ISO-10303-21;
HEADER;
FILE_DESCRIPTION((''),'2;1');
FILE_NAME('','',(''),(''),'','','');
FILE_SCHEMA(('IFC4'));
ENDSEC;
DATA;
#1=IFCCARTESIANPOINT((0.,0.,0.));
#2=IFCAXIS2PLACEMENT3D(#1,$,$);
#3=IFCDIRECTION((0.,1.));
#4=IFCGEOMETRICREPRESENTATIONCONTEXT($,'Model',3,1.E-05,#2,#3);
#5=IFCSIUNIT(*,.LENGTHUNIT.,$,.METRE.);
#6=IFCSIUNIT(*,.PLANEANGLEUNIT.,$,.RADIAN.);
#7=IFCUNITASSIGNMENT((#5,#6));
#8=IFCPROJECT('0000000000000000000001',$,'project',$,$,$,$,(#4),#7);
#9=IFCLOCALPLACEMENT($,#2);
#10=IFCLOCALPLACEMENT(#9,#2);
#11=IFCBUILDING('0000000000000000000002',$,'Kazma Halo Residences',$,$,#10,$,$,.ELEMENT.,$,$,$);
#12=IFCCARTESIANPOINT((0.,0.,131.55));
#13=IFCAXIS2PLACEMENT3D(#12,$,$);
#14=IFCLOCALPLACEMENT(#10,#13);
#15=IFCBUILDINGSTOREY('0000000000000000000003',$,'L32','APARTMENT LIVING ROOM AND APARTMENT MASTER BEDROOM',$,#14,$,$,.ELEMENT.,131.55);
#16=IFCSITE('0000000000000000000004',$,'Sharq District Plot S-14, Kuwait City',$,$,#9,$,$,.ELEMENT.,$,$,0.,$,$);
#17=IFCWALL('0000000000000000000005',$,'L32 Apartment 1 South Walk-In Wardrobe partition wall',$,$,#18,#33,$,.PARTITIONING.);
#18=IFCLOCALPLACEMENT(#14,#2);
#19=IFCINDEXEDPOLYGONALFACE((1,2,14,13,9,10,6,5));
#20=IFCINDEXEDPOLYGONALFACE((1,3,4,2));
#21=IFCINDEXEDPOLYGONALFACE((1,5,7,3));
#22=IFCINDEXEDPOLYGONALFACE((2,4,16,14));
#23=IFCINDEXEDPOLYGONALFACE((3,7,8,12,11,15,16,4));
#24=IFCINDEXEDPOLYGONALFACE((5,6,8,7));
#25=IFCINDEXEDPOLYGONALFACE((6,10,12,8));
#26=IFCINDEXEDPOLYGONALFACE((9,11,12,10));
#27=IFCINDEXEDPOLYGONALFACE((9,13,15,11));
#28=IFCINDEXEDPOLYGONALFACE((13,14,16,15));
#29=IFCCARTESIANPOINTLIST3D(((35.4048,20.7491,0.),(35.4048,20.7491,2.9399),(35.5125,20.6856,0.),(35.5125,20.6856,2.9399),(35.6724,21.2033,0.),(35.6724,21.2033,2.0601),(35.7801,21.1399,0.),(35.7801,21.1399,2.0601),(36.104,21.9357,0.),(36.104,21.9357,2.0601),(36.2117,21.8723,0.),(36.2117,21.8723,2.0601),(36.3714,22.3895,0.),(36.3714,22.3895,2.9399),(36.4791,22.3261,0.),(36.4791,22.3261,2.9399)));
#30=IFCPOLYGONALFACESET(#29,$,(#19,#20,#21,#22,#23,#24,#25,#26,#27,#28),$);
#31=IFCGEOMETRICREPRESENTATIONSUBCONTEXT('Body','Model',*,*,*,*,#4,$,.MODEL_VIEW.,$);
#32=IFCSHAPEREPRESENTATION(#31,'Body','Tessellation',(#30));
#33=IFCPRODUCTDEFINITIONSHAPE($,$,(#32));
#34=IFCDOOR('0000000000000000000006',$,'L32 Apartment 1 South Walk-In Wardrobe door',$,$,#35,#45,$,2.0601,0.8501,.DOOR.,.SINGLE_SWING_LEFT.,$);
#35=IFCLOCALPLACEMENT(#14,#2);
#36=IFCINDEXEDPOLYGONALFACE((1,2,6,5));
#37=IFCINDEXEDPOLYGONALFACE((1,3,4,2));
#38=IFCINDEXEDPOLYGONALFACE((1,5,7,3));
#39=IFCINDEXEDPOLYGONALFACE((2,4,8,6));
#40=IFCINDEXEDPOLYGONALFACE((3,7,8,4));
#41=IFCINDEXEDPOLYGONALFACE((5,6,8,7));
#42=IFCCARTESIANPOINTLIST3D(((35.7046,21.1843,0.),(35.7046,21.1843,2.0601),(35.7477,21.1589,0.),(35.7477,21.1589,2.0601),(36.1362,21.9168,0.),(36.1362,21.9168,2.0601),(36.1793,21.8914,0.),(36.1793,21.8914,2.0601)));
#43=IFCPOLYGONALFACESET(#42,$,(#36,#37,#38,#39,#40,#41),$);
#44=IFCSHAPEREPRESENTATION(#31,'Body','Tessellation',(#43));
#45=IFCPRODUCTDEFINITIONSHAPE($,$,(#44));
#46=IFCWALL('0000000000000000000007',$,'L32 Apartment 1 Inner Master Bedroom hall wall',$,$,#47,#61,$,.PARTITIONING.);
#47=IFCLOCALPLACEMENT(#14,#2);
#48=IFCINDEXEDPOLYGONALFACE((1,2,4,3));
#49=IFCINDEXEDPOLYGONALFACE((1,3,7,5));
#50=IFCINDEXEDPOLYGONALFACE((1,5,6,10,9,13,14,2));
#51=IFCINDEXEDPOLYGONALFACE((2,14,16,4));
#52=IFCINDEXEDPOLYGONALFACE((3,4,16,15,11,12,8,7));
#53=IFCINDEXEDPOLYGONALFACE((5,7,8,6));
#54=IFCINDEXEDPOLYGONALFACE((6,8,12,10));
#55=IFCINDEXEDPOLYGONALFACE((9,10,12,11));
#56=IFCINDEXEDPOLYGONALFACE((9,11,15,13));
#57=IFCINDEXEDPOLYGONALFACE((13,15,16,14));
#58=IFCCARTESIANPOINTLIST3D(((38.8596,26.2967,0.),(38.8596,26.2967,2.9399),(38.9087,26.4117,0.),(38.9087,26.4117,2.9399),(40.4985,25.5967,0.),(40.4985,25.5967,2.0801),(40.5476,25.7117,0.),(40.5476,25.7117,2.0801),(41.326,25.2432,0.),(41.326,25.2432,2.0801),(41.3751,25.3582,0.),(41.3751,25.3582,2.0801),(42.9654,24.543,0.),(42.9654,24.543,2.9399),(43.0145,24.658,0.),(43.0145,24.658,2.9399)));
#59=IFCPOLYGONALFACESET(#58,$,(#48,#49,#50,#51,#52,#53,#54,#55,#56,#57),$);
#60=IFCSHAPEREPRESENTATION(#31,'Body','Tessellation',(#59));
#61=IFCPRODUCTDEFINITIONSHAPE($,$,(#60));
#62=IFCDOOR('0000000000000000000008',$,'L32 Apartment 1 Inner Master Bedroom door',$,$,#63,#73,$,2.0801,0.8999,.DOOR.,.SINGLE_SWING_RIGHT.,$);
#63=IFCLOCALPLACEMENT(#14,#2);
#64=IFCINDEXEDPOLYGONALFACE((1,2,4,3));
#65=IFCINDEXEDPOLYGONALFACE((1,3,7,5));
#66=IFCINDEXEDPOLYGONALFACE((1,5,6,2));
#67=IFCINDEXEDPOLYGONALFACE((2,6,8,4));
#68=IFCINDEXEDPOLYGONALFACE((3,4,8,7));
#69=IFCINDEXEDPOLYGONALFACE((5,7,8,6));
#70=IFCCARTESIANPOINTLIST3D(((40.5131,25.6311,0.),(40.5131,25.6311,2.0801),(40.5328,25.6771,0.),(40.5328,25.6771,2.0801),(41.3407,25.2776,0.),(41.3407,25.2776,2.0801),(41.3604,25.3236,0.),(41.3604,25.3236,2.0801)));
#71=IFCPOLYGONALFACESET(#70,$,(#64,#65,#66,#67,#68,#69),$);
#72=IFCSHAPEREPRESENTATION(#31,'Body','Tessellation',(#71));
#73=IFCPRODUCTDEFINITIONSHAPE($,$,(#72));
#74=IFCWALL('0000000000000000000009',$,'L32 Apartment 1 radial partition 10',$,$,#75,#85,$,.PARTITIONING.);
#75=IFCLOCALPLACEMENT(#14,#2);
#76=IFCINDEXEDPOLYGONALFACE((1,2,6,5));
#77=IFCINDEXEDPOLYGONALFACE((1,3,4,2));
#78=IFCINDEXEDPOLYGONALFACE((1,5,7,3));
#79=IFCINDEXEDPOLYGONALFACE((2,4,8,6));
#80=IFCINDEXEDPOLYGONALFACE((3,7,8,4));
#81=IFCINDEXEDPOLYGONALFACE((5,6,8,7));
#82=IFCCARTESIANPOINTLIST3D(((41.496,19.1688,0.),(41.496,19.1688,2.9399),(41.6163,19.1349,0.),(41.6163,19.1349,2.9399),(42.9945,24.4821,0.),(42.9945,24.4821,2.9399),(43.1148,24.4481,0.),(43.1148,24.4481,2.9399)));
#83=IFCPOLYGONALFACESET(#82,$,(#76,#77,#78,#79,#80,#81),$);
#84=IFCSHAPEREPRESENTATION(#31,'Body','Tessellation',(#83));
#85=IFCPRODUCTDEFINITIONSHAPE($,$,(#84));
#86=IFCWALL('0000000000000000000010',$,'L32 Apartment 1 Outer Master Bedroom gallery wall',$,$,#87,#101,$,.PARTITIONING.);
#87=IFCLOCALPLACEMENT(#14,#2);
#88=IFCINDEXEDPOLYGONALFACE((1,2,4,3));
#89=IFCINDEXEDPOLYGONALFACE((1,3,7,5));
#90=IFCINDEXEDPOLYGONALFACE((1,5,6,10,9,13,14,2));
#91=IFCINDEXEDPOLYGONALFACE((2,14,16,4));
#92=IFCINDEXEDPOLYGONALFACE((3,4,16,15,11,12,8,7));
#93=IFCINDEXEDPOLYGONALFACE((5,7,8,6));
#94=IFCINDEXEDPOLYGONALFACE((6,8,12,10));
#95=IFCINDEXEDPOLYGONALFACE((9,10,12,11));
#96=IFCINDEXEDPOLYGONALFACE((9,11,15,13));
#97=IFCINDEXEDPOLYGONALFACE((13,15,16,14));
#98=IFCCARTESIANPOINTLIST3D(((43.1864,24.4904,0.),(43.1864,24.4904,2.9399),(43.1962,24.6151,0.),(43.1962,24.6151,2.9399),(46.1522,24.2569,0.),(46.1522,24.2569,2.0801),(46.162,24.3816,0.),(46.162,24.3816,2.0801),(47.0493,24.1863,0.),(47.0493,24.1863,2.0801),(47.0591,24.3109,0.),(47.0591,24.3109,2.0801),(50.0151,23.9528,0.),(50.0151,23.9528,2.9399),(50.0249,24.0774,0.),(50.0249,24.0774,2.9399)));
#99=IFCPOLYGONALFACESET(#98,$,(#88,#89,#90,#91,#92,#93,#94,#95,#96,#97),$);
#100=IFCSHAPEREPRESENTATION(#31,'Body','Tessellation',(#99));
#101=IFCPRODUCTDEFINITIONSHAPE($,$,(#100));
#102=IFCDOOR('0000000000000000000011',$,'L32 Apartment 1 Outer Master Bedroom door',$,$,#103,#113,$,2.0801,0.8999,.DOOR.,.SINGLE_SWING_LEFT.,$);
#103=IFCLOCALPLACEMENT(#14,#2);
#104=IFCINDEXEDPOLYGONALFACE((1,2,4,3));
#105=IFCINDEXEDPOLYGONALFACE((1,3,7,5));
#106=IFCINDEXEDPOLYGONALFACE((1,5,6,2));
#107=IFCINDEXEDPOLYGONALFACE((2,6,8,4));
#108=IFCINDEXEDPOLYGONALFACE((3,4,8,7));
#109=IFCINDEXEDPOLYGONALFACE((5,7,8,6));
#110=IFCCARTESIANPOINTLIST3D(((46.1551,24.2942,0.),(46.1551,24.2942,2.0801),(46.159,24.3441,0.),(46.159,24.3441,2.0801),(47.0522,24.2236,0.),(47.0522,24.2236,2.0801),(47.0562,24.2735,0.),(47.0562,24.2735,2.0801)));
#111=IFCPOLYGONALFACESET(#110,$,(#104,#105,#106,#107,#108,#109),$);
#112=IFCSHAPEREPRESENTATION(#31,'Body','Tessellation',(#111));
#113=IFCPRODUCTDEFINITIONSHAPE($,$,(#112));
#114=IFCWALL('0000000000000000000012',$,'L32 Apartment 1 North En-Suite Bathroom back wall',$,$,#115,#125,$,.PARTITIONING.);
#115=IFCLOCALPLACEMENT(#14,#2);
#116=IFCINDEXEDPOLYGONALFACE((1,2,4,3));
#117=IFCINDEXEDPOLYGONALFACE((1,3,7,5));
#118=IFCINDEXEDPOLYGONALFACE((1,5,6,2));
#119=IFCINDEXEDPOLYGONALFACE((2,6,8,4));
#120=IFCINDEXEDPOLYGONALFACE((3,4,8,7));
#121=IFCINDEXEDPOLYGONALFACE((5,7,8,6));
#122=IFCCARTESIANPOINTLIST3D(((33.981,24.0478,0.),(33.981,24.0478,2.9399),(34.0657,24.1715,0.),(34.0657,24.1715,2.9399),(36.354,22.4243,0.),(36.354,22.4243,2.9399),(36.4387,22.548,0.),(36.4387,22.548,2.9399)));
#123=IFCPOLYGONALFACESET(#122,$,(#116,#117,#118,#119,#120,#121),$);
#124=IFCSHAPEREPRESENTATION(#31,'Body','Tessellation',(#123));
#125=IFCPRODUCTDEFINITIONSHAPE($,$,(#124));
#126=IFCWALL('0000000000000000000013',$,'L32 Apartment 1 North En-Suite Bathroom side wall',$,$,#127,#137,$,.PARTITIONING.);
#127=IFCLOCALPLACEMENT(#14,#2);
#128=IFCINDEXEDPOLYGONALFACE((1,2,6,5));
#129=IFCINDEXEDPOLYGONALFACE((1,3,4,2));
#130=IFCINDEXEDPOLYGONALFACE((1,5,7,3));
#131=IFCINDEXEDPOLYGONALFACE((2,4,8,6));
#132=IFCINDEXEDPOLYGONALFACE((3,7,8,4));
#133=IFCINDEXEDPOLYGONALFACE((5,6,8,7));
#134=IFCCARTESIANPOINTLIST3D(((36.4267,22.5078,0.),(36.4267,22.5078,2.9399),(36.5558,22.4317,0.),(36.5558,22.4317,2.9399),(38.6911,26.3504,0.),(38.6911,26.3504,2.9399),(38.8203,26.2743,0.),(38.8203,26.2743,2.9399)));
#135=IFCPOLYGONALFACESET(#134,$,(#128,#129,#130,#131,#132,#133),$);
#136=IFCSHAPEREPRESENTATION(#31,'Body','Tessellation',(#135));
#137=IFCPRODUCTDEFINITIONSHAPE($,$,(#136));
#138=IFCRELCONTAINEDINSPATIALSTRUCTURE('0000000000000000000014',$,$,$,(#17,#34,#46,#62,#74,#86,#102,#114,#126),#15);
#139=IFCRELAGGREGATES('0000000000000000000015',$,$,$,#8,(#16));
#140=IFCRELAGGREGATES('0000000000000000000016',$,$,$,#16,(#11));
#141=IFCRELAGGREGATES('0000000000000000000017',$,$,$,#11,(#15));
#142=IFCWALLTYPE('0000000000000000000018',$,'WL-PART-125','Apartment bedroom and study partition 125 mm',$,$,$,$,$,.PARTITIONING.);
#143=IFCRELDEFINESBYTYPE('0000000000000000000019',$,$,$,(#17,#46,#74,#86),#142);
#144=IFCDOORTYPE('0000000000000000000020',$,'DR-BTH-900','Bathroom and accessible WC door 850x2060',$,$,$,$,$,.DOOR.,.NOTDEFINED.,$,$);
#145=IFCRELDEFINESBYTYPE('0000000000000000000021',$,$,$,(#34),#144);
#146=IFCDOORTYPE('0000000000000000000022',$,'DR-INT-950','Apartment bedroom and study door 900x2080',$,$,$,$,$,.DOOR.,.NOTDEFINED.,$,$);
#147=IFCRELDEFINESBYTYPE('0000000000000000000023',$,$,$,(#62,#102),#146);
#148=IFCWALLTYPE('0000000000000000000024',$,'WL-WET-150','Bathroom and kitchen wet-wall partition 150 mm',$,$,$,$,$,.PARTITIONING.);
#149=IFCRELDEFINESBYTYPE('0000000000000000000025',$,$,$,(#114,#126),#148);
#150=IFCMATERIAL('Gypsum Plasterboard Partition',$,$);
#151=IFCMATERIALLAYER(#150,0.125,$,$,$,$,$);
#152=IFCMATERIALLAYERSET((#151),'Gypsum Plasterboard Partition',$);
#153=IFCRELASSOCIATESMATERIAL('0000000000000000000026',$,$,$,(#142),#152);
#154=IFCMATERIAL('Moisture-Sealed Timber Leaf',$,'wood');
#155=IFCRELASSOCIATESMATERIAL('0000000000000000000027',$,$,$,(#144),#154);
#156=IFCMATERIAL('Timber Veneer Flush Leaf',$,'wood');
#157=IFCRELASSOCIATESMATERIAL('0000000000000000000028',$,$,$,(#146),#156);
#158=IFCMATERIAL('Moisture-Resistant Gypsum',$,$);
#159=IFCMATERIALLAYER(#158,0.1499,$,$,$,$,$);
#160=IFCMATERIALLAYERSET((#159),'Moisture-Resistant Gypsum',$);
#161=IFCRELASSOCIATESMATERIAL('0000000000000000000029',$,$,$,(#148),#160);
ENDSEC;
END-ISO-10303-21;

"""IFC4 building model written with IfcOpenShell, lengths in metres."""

from ifc_helpers import new_model, si_unit, direction, frame, frame_2d, origin, place, context, subcontext, project, spatial, rectangle, extrude, material, layer, layer_set, type_object, element, fill, save


model = new_model("IFC4")

# Units and contexts
model_context = context("Model", 3, precision=1e-05, world=origin(), true_north=direction((0.0, 1.0)))
body_context = subcontext(model_context, "Body", "Model", "MODEL_VIEW")
ifc_project = project(units=[si_unit("LENGTHUNIT", "METRE"), si_unit("PLANEANGLEUNIT", "RADIAN")], contexts=[model_context])

# Site, building, storey
site_placement = place(None, origin())
site = spatial("IfcSite", under=ifc_project, at=site_placement, Name="Sharq District Plot S-14, Kuwait City", CompositionType="ELEMENT", RefElevation=0.0)
building_placement = place(site_placement, origin())
building = spatial("IfcBuilding", under=site, at=building_placement, Name="Kazma Halo Residences", CompositionType="ELEMENT")
storey_placement = place(building_placement, frame((0.0, 0.0, 131.55)))
storey = spatial("IfcBuildingStorey", under=building, at=storey_placement, Name="L32", Description="APARTMENT LIVING ROOM AND APARTMENT MASTER BEDROOM", CompositionType="ELEMENT", Elevation=131.55)

# Walls, openings, doors
ifc_material_1 = material(Name="Gypsum Plasterboard Partition")
ifc_layer_1 = layer(ifc_material_1, 0.125)
ifc_layer_set_1 = layer_set([ifc_layer_1], Name="Gypsum Plasterboard Partition")
wall_type_1 = type_object("IfcWallType", Name="WL-PART-125", Description="Apartment bedroom and study partition 125 mm", PredefinedType="PARTITIONING", material=ifc_layer_set_1)
wall_1_placement = place(storey_placement, frame((36.4253, 22.3579, 0.0), z_axis=(0.0, 0.0, 1.0), x_axis=(-0.507653, -0.861561, 0.0)))
wall_1 = element("IfcWall", 1, at=wall_1_placement, inside=storey, type_object=wall_type_1, Name="L32 Apartment 1 South Walk-In Wardrobe partition wall", PredefinedType="PARTITIONING", context=body_context, shape_type="SweptSolid", body=[
    extrude(rectangle(XDim=1.9041, YDim=0.125, at=frame_2d((0.9521, 0.0))), origin(), (0.0, 0.0, 1.0), 2.9399),
])
opening_1_placement = place(wall_1_placement, frame((0.5269, 0.0, 0.0)))
opening_1 = element("IfcOpeningElement", 2, at=opening_1_placement, cuts=wall_1, PredefinedType="OPENING", context=body_context, shape_type="SweptSolid", body=[
    extrude(rectangle(XDim=0.8501, YDim=2.0601, at=frame_2d((0.425, 1.03))), frame((0.0, 0.0725, 0.0), z_axis=(0.0, -1.0, 0.0), x_axis=(1.0, 0.0, 0.0)), (0.0, 0.0, 1.0), 0.145),
])
ifc_material_2 = material(Name="Moisture-Sealed Timber Leaf", Category="wood")
door_type_1 = type_object("IfcDoorType", Name="DR-BTH-900", Description="Bathroom and accessible WC door 850x2060", OperationType="NOTDEFINED", PredefinedType="DOOR", material=ifc_material_2)
door_1_placement = place(opening_1_placement, origin())
door_1 = element("IfcDoor", 3, at=door_1_placement, inside=storey, type_object=door_type_1, Name="L32 Apartment 1 South Walk-In Wardrobe door", OperationType="SINGLE_SWING_LEFT", OverallHeight=2.0601, OverallWidth=0.8501, PredefinedType="DOOR", context=body_context, shape_type="SweptSolid", body=[
    extrude(rectangle(XDim=0.8501, YDim=2.0601, at=frame_2d((0.425, 1.03))), frame((0.0, 0.0249, 0.0), z_axis=(0.0, -1.0, 0.0), x_axis=(1.0, 0.0, 0.0)), (0.0, 0.0, 1.0), 0.05),
])
fill(opening_1, door_1)
wall_2_placement = place(storey_placement, frame((38.884, 26.3542, 0.0), z_axis=(0.0, 0.0, 1.0), x_axis=(0.919625, -0.392797, 0.0)))
wall_2 = element("IfcWall", 4, at=wall_2_placement, inside=storey, type_object=wall_type_1, Name="L32 Apartment 1 Inner Master Bedroom hall wall", PredefinedType="PARTITIONING", context=body_context, shape_type="SweptSolid", body=[
    extrude(rectangle(XDim=4.4646, YDim=0.125, at=frame_2d((2.2324, 0.0))), origin(), (0.0, 0.0, 1.0), 2.9399),
])
opening_2_placement = place(wall_2_placement, frame((1.7822, 0.0, 0.0)))
opening_2 = element("IfcOpeningElement", 5, at=opening_2_placement, cuts=wall_2, PredefinedType="OPENING", context=body_context, shape_type="SweptSolid", body=[
    extrude(rectangle(XDim=0.8999, YDim=2.0801, at=frame_2d((0.45, 1.04))), frame((0.0, 0.0725, 0.0), z_axis=(0.0, -1.0, 0.0), x_axis=(1.0, 0.0, 0.0)), (0.0, 0.0, 1.0), 0.145),
])
ifc_material_3 = material(Name="Timber Veneer Flush Leaf", Category="wood")
door_type_2 = type_object("IfcDoorType", Name="DR-INT-950", Description="Apartment bedroom and study door 900x2080", OperationType="NOTDEFINED", PredefinedType="DOOR", material=ifc_material_3)
door_2_placement = place(opening_2_placement, origin())
door_2 = element("IfcDoor", 6, at=door_2_placement, inside=storey, type_object=door_type_2, Name="L32 Apartment 1 Inner Master Bedroom door", OperationType="SINGLE_SWING_RIGHT", OverallHeight=2.0801, OverallWidth=0.8999, PredefinedType="DOOR", context=body_context, shape_type="SweptSolid", body=[
    extrude(rectangle(XDim=0.8999, YDim=2.0801, at=frame_2d((0.45, 1.04))), frame((0.0, 0.0249, 0.0), z_axis=(0.0, -1.0, 0.0), x_axis=(1.0, 0.0, 0.0)), (0.0, 0.0, 1.0), 0.05),
])
fill(opening_2, door_2)

# Wall
wall_3_placement = place(storey_placement, frame((43.0547, 24.4651, 0.0), z_axis=(0.0, 0.0, 1.0), x_axis=(-0.271449, -0.962453, 0.0)))
element("IfcWall", 7, at=wall_3_placement, inside=storey, type_object=wall_type_1, Name="L32 Apartment 1 radial partition 10", PredefinedType="PARTITIONING", context=body_context, shape_type="SweptSolid", body=[
    extrude(rectangle(XDim=5.5205, YDim=0.125, at=frame_2d((2.7603, 0.0))), origin(), (0.0, 0.0, 1.0), 2.9399),
])

# Wall, opening, door
wall_4_placement = place(storey_placement, frame((43.1914, 24.5527, 0.0), z_axis=(0.0, 0.0, 1.0), x_axis=(0.996915, -0.078484, 0.0)))
wall_4 = element("IfcWall", 8, at=wall_4_placement, inside=storey, type_object=wall_type_1, Name="L32 Apartment 1 Outer Master Bedroom gallery wall", PredefinedType="PARTITIONING", context=body_context, shape_type="SweptSolid", body=[
    extrude(rectangle(XDim=6.8499, YDim=0.125, at=frame_2d((3.4248, 0.0))), origin(), (0.0, 0.0, 1.0), 2.9399),
])
opening_3_placement = place(wall_4_placement, frame((2.9749, 0.0, 0.0)))
opening_3 = element("IfcOpeningElement", 9, at=opening_3_placement, cuts=wall_4, PredefinedType="OPENING", context=body_context, shape_type="SweptSolid", body=[
    extrude(rectangle(XDim=0.8999, YDim=2.0801, at=frame_2d((0.45, 1.04))), frame((0.0, 0.0725, 0.0), z_axis=(0.0, -1.0, 0.0), x_axis=(1.0, 0.0, 0.0)), (0.0, 0.0, 1.0), 0.145),
])
door_3_placement = place(opening_3_placement, origin())
door_3 = element("IfcDoor", 10, at=door_3_placement, inside=storey, type_object=door_type_2, Name="L32 Apartment 1 Outer Master Bedroom door", OperationType="SINGLE_SWING_LEFT", OverallHeight=2.0801, OverallWidth=0.8999, PredefinedType="DOOR", context=body_context, shape_type="SweptSolid", body=[
    extrude(rectangle(XDim=0.8999, YDim=2.0801, at=frame_2d((0.45, 1.04))), frame((0.0, 0.0249, 0.0), z_axis=(0.0, -1.0, 0.0), x_axis=(1.0, 0.0, 0.0)), (0.0, 0.0, 1.0), 0.05),
])
fill(opening_3, door_3)

# Walls
ifc_material_4 = material(Name="Moisture-Resistant Gypsum")
ifc_layer_2 = layer(ifc_material_4, 0.1499)
ifc_layer_set_2 = layer_set([ifc_layer_2], Name="Moisture-Resistant Gypsum")
wall_type_2 = type_object("IfcWallType", Name="WL-WET-150", Description="Bathroom and kitchen wet-wall partition 150 mm", PredefinedType="PARTITIONING", material=ifc_layer_set_2)
wall_5_placement = place(storey_placement, frame((34.0234, 24.1096, 0.0), z_axis=(0.0, 0.0, 1.0), x_axis=(0.825328, -0.564653, 0.0)))
element("IfcWall", 11, at=wall_5_placement, inside=storey, type_object=wall_type_2, Name="L32 Apartment 1 North En-Suite Bathroom back wall", PredefinedType="PARTITIONING", context=body_context, shape_type="SweptSolid", body=[
    extrude(rectangle(XDim=2.8752, YDim=0.1499, at=frame_2d((1.4375, 0.0))), origin(), (0.0, 0.0, 1.0), 2.9399),
])
wall_6_placement = place(storey_placement, frame((38.7556, 26.3123, 0.0), z_axis=(0.0, 0.0, 1.0), x_axis=(-0.507702, -0.861533, 0.0)))
element("IfcWall", 12, at=wall_6_placement, inside=storey, type_object=wall_type_2, Name="L32 Apartment 1 North En-Suite Bathroom side wall", PredefinedType="PARTITIONING", context=body_context, shape_type="SweptSolid", body=[
    extrude(rectangle(XDim=4.4602, YDim=0.1499, at=frame_2d((2.23, 0.0))), origin(), (0.0, 0.0, 1.0), 2.9399),
])

save(model, "model.ifc")
